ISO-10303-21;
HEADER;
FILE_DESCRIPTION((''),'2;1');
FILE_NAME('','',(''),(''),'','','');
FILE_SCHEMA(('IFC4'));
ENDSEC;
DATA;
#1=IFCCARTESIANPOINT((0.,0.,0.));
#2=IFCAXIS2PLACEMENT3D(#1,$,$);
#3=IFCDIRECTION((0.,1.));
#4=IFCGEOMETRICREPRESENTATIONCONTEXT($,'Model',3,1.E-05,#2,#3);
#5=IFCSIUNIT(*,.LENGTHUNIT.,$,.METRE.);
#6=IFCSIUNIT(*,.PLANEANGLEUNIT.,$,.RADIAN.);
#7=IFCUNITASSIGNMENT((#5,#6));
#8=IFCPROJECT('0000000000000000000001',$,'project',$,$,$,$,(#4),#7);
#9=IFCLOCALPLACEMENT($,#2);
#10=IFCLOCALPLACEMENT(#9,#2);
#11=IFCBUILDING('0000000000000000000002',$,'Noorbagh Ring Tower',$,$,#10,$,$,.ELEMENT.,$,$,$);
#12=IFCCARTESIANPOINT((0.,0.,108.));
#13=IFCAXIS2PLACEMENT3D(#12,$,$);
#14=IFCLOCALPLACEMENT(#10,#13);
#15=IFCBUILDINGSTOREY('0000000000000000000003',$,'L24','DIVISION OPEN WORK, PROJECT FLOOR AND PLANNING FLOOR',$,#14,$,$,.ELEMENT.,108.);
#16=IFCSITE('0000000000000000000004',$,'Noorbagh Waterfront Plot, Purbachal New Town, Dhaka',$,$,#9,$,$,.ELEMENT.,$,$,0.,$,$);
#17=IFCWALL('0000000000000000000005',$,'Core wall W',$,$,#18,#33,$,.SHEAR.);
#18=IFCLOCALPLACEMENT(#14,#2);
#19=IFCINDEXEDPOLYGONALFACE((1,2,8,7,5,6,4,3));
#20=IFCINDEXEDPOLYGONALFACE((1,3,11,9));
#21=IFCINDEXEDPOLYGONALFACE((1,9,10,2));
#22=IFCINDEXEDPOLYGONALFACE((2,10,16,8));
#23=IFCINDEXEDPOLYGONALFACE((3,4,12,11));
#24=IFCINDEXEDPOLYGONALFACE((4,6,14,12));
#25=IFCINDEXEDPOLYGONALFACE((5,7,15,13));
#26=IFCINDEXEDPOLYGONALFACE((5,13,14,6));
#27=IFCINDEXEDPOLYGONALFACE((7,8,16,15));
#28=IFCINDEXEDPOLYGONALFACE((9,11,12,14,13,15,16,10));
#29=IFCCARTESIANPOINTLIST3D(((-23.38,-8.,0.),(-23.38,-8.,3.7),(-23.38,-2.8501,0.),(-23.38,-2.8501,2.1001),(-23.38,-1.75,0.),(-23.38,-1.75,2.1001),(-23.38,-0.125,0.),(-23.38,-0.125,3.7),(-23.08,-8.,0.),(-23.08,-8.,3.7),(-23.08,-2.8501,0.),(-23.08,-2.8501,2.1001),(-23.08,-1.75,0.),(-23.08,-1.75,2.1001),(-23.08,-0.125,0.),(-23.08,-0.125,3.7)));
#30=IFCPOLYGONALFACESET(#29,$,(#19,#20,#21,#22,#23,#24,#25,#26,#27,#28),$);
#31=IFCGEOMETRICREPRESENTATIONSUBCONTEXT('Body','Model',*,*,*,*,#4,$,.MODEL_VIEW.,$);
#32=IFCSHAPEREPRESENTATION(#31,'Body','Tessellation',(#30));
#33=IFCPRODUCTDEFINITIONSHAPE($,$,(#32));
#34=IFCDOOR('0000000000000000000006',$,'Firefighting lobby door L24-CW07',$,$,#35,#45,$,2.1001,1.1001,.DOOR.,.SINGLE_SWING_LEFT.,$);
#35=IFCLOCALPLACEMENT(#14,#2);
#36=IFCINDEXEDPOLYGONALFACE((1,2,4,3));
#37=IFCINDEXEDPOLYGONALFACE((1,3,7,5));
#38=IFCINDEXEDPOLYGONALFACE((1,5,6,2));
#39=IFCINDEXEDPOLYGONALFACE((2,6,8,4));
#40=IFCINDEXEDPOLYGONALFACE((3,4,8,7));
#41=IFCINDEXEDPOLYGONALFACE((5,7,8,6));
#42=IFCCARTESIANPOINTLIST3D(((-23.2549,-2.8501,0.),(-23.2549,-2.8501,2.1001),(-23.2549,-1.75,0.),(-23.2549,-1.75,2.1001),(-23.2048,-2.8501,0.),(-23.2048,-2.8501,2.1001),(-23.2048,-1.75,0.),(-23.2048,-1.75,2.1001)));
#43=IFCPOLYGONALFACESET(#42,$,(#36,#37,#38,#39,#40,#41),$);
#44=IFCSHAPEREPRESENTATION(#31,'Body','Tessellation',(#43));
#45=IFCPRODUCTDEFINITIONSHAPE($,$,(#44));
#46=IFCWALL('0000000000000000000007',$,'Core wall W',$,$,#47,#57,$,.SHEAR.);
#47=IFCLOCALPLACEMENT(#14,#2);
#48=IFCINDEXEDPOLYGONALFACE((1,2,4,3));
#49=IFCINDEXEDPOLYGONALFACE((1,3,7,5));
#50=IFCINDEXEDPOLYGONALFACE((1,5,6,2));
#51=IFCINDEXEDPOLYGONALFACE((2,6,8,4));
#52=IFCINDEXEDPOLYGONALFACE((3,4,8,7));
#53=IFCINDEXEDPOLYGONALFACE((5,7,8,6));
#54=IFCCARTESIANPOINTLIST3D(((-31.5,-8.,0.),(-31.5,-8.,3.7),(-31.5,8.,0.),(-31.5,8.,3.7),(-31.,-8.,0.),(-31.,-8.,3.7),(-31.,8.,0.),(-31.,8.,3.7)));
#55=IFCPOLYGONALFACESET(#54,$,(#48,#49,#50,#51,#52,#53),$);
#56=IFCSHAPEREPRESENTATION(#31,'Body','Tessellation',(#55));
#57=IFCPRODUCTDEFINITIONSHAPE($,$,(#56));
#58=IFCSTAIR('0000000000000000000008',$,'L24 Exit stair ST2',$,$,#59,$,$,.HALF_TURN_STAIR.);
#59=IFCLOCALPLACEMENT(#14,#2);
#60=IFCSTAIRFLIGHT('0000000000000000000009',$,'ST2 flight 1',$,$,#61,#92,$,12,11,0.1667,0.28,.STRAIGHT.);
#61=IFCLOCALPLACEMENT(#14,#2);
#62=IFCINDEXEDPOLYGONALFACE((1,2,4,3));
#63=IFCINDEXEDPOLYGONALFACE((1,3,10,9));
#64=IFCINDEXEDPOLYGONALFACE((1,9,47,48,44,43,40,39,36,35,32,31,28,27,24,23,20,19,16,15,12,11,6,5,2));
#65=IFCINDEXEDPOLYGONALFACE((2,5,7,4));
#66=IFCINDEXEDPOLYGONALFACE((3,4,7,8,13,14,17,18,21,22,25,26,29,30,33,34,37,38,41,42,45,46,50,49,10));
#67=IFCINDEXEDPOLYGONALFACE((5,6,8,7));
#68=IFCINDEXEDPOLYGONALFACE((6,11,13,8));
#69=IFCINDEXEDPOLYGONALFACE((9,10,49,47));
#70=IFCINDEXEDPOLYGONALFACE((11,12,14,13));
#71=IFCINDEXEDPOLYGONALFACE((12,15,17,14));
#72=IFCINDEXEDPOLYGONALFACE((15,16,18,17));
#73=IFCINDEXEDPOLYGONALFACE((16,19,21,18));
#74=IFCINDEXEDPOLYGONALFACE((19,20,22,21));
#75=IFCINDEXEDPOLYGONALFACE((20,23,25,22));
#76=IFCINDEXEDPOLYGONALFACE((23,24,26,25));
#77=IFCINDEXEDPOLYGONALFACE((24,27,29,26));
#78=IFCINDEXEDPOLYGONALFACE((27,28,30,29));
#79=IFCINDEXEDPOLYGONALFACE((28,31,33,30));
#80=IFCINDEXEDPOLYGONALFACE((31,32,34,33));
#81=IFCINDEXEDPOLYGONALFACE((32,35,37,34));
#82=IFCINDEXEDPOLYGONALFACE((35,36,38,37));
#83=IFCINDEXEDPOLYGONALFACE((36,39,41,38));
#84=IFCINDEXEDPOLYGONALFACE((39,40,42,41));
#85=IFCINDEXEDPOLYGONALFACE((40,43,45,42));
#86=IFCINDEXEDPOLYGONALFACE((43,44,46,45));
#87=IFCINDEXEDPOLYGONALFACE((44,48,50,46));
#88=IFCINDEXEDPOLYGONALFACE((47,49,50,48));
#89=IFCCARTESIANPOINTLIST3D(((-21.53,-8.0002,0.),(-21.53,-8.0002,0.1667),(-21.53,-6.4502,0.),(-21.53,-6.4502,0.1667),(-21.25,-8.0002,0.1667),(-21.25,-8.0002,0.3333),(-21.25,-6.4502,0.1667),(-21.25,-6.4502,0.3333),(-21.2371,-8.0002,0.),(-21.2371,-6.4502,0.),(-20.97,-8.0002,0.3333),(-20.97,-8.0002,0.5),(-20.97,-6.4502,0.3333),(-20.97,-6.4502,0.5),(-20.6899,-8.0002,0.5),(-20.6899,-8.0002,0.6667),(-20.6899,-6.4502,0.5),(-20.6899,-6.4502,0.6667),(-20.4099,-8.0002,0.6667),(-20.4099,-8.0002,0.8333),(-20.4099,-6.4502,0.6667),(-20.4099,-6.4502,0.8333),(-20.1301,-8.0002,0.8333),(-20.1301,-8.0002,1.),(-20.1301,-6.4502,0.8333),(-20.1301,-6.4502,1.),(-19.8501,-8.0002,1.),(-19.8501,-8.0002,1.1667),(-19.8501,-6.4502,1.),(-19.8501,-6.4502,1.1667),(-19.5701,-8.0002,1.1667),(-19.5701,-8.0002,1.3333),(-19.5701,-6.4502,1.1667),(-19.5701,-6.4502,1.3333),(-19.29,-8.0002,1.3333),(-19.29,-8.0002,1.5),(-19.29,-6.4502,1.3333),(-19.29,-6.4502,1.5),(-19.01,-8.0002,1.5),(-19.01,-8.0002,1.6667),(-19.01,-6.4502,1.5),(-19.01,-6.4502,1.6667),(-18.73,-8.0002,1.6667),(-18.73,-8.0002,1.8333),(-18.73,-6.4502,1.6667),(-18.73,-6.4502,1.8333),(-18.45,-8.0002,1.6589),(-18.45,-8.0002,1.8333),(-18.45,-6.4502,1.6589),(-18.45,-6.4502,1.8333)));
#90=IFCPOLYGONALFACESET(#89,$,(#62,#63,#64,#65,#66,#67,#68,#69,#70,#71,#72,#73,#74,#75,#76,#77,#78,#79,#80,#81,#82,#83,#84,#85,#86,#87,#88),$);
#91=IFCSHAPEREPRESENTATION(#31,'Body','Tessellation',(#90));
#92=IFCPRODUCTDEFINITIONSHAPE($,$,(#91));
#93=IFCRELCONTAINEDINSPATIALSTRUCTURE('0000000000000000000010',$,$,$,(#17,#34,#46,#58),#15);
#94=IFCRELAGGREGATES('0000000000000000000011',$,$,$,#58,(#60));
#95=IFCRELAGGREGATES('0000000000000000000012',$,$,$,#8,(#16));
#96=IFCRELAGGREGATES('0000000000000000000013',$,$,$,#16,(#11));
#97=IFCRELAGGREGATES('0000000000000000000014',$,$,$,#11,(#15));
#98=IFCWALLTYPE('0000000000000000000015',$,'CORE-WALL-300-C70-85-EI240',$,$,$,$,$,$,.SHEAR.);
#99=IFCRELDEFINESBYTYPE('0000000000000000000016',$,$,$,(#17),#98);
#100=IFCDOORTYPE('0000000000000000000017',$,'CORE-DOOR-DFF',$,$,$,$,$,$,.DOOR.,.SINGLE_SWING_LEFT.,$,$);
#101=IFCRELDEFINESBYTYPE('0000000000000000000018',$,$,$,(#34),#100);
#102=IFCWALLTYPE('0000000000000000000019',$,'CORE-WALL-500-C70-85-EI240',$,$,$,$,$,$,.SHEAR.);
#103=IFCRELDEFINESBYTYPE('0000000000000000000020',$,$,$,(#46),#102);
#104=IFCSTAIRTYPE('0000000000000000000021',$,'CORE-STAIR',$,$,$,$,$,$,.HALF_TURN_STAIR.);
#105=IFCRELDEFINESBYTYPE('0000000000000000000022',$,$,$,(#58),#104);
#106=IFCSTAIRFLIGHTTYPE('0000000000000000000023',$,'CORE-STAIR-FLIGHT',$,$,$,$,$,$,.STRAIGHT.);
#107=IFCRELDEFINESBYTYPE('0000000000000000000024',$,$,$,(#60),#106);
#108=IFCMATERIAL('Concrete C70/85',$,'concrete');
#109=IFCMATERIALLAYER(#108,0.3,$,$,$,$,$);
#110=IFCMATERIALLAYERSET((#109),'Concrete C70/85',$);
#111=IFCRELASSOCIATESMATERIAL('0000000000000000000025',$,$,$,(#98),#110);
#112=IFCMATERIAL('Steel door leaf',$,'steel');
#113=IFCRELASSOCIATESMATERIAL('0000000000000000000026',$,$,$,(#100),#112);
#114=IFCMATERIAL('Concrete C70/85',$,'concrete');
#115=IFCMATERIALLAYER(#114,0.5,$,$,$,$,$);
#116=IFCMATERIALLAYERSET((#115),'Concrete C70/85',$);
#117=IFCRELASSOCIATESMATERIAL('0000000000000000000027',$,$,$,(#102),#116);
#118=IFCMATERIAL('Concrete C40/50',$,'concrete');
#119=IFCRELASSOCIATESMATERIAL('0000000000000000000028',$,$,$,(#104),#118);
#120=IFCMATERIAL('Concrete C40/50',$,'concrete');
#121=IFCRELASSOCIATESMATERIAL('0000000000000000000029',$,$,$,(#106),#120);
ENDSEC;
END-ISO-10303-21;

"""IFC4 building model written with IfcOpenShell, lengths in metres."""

from ifc_helpers import new_model, si_unit, direction, frame, frame_2d, origin, place, context, subcontext, project, spatial, polyline, rectangle, outline, extrude, material, layer, layer_set, type_object, element, fill, aggregate, save


model = new_model("IFC4")

# Units and contexts
model_context = context("Model", 3, precision=1e-05, world=origin(), true_north=direction((0.0, 1.0)))
body_context = subcontext(model_context, "Body", "Model", "MODEL_VIEW")
ifc_project = project(units=[si_unit("LENGTHUNIT", "METRE"), si_unit("PLANEANGLEUNIT", "RADIAN")], contexts=[model_context])

# Site, building, storey
site_placement = place(None, origin())
site = spatial("IfcSite", under=ifc_project, at=site_placement, Name="Noorbagh Waterfront Plot, Purbachal New Town, Dhaka", CompositionType="ELEMENT", RefElevation=0.0)
building_placement = place(site_placement, origin())
building = spatial("IfcBuilding", under=site, at=building_placement, Name="Noorbagh Ring Tower", CompositionType="ELEMENT")
storey_placement = place(building_placement, frame((0.0, 0.0, 108.0)))
storey = spatial("IfcBuildingStorey", under=building, at=storey_placement, Name="L24", Description="DIVISION OPEN WORK, PROJECT FLOOR AND PLANNING FLOOR", CompositionType="ELEMENT", Elevation=108.0)

# Shared definitions
ifc_material_1 = material(Name="Concrete C70/85", Category="concrete")
ifc_layer_1 = layer(ifc_material_1, 0.3)
ifc_layer_set_1 = layer_set([ifc_layer_1], Name="Concrete C70/85")
wall_type_1 = type_object("IfcWallType", Name="CORE-WALL-300-C70-85-EI240", PredefinedType="SHEAR", material=ifc_layer_set_1)

# Wall, opening, door
wall_1_placement = place(storey_placement, frame((-23.23, -8.0, 0.0), z_axis=(0.0, 0.0, 1.0), x_axis=(0.0, 1.0, 0.0)))
wall_1 = element("IfcWall", 1, at=wall_1_placement, inside=storey, type_object=wall_type_1, Name="Core wall W", PredefinedType="SHEAR", context=body_context, shape_type="SweptSolid", body=[
    extrude(rectangle(XDim=7.875, YDim=0.3, at=frame_2d((3.9375, 0.0))), origin(), (0.0, 0.0, 1.0), 3.7),
])
opening_1_placement = place(wall_1_placement, frame((5.1499, 0.0, 0.0)))
opening_1 = element("IfcOpeningElement", 2, at=opening_1_placement, cuts=wall_1, PredefinedType="OPENING", context=body_context, shape_type="SweptSolid", body=[
    extrude(rectangle(XDim=1.1001, YDim=2.1001, at=frame_2d((0.55, 1.05))), frame((0.0, 0.1602, 0.0), z_axis=(0.0, -1.0, 0.0), x_axis=(1.0, 0.0, 0.0)), (0.0, 0.0, 1.0), 0.3201),
])
ifc_material_2 = material(Name="Steel door leaf", Category="steel")
door_type_1 = type_object("IfcDoorType", Name="CORE-DOOR-DFF", OperationType="SINGLE_SWING_LEFT", PredefinedType="DOOR", material=ifc_material_2)
door_1_placement = place(opening_1_placement, origin())
door_1 = element("IfcDoor", 3, at=door_1_placement, inside=storey, type_object=door_type_1, Name="Firefighting lobby door L24-CW07", OperationType="SINGLE_SWING_LEFT", OverallHeight=2.1001, OverallWidth=1.1001, PredefinedType="DOOR", context=body_context, shape_type="SweptSolid", body=[
    extrude(rectangle(XDim=1.1001, YDim=2.1001, at=frame_2d((0.55, 1.05))), frame((0.0, 0.0249, 0.0), z_axis=(0.0, -1.0, 0.0), x_axis=(1.0, 0.0, 0.0)), (0.0, 0.0, 1.0), 0.05),
])
fill(opening_1, door_1)

# Wall
ifc_material_3 = material(Name="Concrete C70/85", Category="concrete")
ifc_layer_2 = layer(ifc_material_3, 0.5)
ifc_layer_set_2 = layer_set([ifc_layer_2], Name="Concrete C70/85")
wall_type_2 = type_object("IfcWallType", Name="CORE-WALL-500-C70-85-EI240", PredefinedType="SHEAR", material=ifc_layer_set_2)
wall_2_placement = place(storey_placement, frame((-31.25, -8.0, 0.0), z_axis=(0.0, 0.0, 1.0), x_axis=(0.0, 1.0, 0.0)))
element("IfcWall", 4, at=wall_2_placement, inside=storey, type_object=wall_type_2, Name="Core wall W", PredefinedType="SHEAR", context=body_context, shape_type="SweptSolid", body=[
    extrude(rectangle(XDim=16.0, YDim=0.5, at=frame_2d((8.0, 0.0))), origin(), (0.0, 0.0, 1.0), 3.7),
])

# Stair, stair flight
ifc_material_4 = material(Name="Concrete C40/50", Category="concrete")
stair_type = type_object("IfcStairType", Name="CORE-STAIR", PredefinedType="HALF_TURN_STAIR", material=ifc_material_4)
stair_placement = place(storey_placement, origin())
stair = element("IfcStair", 5, at=stair_placement, inside=storey, type_object=stair_type, Name="L24 Exit stair ST2", PredefinedType="HALF_TURN_STAIR")
ifc_material_5 = material(Name="Concrete C40/50", Category="concrete")
stair_flight_type = type_object("IfcStairFlightType", Name="CORE-STAIR-FLIGHT", PredefinedType="STRAIGHT", material=ifc_material_5)
stair_flight_placement = place(storey_placement, frame((-21.53, -7.2251, 0.0), z_axis=(0.0, 0.0, 1.0), x_axis=(1.0, 0.0, 0.0)))
stair_flight = element("IfcStairFlight", 6, at=stair_flight_placement, type_object=stair_flight_type, Name="ST2 flight 1", NumberOfRisers=12, NumberOfTreads=11, PredefinedType="STRAIGHT", RiserHeight=0.1667, TreadLength=0.28, context=body_context, shape_type="SweptSolid", body=[
    extrude(outline(polyline([(0.0, 0.0), (0.0, 0.1667), (0.28, 0.1667), (0.28, 0.3333), (0.5601, 0.3333), (0.5601, 0.5), (0.8401, 0.5), (0.8401, 0.6667), (1.1201, 0.6667), (1.1201, 0.8333), (1.3999, 0.8333), (1.3999, 1.0), (1.6799, 1.0), (1.6799, 1.1667), (1.96, 1.1667), (1.96, 1.3333), (2.24, 1.3333), (2.24, 1.5), (2.52, 1.5), (2.52, 1.6667), (2.8, 1.6667), (2.8, 1.8333), (3.0801, 1.8333), (3.0801, 2.0), (3.0801, 1.6589), (0.293, 0.0), (0.0, 0.0)])), frame((0.0, 0.7749, 0.0), z_axis=(0.0, -1.0, 0.0), x_axis=(1.0, 0.0, 0.0)), (0.0, 0.0, 1.0), 1.55),
])
aggregate(stair, [stair_flight])

save(model, "model.ifc")
